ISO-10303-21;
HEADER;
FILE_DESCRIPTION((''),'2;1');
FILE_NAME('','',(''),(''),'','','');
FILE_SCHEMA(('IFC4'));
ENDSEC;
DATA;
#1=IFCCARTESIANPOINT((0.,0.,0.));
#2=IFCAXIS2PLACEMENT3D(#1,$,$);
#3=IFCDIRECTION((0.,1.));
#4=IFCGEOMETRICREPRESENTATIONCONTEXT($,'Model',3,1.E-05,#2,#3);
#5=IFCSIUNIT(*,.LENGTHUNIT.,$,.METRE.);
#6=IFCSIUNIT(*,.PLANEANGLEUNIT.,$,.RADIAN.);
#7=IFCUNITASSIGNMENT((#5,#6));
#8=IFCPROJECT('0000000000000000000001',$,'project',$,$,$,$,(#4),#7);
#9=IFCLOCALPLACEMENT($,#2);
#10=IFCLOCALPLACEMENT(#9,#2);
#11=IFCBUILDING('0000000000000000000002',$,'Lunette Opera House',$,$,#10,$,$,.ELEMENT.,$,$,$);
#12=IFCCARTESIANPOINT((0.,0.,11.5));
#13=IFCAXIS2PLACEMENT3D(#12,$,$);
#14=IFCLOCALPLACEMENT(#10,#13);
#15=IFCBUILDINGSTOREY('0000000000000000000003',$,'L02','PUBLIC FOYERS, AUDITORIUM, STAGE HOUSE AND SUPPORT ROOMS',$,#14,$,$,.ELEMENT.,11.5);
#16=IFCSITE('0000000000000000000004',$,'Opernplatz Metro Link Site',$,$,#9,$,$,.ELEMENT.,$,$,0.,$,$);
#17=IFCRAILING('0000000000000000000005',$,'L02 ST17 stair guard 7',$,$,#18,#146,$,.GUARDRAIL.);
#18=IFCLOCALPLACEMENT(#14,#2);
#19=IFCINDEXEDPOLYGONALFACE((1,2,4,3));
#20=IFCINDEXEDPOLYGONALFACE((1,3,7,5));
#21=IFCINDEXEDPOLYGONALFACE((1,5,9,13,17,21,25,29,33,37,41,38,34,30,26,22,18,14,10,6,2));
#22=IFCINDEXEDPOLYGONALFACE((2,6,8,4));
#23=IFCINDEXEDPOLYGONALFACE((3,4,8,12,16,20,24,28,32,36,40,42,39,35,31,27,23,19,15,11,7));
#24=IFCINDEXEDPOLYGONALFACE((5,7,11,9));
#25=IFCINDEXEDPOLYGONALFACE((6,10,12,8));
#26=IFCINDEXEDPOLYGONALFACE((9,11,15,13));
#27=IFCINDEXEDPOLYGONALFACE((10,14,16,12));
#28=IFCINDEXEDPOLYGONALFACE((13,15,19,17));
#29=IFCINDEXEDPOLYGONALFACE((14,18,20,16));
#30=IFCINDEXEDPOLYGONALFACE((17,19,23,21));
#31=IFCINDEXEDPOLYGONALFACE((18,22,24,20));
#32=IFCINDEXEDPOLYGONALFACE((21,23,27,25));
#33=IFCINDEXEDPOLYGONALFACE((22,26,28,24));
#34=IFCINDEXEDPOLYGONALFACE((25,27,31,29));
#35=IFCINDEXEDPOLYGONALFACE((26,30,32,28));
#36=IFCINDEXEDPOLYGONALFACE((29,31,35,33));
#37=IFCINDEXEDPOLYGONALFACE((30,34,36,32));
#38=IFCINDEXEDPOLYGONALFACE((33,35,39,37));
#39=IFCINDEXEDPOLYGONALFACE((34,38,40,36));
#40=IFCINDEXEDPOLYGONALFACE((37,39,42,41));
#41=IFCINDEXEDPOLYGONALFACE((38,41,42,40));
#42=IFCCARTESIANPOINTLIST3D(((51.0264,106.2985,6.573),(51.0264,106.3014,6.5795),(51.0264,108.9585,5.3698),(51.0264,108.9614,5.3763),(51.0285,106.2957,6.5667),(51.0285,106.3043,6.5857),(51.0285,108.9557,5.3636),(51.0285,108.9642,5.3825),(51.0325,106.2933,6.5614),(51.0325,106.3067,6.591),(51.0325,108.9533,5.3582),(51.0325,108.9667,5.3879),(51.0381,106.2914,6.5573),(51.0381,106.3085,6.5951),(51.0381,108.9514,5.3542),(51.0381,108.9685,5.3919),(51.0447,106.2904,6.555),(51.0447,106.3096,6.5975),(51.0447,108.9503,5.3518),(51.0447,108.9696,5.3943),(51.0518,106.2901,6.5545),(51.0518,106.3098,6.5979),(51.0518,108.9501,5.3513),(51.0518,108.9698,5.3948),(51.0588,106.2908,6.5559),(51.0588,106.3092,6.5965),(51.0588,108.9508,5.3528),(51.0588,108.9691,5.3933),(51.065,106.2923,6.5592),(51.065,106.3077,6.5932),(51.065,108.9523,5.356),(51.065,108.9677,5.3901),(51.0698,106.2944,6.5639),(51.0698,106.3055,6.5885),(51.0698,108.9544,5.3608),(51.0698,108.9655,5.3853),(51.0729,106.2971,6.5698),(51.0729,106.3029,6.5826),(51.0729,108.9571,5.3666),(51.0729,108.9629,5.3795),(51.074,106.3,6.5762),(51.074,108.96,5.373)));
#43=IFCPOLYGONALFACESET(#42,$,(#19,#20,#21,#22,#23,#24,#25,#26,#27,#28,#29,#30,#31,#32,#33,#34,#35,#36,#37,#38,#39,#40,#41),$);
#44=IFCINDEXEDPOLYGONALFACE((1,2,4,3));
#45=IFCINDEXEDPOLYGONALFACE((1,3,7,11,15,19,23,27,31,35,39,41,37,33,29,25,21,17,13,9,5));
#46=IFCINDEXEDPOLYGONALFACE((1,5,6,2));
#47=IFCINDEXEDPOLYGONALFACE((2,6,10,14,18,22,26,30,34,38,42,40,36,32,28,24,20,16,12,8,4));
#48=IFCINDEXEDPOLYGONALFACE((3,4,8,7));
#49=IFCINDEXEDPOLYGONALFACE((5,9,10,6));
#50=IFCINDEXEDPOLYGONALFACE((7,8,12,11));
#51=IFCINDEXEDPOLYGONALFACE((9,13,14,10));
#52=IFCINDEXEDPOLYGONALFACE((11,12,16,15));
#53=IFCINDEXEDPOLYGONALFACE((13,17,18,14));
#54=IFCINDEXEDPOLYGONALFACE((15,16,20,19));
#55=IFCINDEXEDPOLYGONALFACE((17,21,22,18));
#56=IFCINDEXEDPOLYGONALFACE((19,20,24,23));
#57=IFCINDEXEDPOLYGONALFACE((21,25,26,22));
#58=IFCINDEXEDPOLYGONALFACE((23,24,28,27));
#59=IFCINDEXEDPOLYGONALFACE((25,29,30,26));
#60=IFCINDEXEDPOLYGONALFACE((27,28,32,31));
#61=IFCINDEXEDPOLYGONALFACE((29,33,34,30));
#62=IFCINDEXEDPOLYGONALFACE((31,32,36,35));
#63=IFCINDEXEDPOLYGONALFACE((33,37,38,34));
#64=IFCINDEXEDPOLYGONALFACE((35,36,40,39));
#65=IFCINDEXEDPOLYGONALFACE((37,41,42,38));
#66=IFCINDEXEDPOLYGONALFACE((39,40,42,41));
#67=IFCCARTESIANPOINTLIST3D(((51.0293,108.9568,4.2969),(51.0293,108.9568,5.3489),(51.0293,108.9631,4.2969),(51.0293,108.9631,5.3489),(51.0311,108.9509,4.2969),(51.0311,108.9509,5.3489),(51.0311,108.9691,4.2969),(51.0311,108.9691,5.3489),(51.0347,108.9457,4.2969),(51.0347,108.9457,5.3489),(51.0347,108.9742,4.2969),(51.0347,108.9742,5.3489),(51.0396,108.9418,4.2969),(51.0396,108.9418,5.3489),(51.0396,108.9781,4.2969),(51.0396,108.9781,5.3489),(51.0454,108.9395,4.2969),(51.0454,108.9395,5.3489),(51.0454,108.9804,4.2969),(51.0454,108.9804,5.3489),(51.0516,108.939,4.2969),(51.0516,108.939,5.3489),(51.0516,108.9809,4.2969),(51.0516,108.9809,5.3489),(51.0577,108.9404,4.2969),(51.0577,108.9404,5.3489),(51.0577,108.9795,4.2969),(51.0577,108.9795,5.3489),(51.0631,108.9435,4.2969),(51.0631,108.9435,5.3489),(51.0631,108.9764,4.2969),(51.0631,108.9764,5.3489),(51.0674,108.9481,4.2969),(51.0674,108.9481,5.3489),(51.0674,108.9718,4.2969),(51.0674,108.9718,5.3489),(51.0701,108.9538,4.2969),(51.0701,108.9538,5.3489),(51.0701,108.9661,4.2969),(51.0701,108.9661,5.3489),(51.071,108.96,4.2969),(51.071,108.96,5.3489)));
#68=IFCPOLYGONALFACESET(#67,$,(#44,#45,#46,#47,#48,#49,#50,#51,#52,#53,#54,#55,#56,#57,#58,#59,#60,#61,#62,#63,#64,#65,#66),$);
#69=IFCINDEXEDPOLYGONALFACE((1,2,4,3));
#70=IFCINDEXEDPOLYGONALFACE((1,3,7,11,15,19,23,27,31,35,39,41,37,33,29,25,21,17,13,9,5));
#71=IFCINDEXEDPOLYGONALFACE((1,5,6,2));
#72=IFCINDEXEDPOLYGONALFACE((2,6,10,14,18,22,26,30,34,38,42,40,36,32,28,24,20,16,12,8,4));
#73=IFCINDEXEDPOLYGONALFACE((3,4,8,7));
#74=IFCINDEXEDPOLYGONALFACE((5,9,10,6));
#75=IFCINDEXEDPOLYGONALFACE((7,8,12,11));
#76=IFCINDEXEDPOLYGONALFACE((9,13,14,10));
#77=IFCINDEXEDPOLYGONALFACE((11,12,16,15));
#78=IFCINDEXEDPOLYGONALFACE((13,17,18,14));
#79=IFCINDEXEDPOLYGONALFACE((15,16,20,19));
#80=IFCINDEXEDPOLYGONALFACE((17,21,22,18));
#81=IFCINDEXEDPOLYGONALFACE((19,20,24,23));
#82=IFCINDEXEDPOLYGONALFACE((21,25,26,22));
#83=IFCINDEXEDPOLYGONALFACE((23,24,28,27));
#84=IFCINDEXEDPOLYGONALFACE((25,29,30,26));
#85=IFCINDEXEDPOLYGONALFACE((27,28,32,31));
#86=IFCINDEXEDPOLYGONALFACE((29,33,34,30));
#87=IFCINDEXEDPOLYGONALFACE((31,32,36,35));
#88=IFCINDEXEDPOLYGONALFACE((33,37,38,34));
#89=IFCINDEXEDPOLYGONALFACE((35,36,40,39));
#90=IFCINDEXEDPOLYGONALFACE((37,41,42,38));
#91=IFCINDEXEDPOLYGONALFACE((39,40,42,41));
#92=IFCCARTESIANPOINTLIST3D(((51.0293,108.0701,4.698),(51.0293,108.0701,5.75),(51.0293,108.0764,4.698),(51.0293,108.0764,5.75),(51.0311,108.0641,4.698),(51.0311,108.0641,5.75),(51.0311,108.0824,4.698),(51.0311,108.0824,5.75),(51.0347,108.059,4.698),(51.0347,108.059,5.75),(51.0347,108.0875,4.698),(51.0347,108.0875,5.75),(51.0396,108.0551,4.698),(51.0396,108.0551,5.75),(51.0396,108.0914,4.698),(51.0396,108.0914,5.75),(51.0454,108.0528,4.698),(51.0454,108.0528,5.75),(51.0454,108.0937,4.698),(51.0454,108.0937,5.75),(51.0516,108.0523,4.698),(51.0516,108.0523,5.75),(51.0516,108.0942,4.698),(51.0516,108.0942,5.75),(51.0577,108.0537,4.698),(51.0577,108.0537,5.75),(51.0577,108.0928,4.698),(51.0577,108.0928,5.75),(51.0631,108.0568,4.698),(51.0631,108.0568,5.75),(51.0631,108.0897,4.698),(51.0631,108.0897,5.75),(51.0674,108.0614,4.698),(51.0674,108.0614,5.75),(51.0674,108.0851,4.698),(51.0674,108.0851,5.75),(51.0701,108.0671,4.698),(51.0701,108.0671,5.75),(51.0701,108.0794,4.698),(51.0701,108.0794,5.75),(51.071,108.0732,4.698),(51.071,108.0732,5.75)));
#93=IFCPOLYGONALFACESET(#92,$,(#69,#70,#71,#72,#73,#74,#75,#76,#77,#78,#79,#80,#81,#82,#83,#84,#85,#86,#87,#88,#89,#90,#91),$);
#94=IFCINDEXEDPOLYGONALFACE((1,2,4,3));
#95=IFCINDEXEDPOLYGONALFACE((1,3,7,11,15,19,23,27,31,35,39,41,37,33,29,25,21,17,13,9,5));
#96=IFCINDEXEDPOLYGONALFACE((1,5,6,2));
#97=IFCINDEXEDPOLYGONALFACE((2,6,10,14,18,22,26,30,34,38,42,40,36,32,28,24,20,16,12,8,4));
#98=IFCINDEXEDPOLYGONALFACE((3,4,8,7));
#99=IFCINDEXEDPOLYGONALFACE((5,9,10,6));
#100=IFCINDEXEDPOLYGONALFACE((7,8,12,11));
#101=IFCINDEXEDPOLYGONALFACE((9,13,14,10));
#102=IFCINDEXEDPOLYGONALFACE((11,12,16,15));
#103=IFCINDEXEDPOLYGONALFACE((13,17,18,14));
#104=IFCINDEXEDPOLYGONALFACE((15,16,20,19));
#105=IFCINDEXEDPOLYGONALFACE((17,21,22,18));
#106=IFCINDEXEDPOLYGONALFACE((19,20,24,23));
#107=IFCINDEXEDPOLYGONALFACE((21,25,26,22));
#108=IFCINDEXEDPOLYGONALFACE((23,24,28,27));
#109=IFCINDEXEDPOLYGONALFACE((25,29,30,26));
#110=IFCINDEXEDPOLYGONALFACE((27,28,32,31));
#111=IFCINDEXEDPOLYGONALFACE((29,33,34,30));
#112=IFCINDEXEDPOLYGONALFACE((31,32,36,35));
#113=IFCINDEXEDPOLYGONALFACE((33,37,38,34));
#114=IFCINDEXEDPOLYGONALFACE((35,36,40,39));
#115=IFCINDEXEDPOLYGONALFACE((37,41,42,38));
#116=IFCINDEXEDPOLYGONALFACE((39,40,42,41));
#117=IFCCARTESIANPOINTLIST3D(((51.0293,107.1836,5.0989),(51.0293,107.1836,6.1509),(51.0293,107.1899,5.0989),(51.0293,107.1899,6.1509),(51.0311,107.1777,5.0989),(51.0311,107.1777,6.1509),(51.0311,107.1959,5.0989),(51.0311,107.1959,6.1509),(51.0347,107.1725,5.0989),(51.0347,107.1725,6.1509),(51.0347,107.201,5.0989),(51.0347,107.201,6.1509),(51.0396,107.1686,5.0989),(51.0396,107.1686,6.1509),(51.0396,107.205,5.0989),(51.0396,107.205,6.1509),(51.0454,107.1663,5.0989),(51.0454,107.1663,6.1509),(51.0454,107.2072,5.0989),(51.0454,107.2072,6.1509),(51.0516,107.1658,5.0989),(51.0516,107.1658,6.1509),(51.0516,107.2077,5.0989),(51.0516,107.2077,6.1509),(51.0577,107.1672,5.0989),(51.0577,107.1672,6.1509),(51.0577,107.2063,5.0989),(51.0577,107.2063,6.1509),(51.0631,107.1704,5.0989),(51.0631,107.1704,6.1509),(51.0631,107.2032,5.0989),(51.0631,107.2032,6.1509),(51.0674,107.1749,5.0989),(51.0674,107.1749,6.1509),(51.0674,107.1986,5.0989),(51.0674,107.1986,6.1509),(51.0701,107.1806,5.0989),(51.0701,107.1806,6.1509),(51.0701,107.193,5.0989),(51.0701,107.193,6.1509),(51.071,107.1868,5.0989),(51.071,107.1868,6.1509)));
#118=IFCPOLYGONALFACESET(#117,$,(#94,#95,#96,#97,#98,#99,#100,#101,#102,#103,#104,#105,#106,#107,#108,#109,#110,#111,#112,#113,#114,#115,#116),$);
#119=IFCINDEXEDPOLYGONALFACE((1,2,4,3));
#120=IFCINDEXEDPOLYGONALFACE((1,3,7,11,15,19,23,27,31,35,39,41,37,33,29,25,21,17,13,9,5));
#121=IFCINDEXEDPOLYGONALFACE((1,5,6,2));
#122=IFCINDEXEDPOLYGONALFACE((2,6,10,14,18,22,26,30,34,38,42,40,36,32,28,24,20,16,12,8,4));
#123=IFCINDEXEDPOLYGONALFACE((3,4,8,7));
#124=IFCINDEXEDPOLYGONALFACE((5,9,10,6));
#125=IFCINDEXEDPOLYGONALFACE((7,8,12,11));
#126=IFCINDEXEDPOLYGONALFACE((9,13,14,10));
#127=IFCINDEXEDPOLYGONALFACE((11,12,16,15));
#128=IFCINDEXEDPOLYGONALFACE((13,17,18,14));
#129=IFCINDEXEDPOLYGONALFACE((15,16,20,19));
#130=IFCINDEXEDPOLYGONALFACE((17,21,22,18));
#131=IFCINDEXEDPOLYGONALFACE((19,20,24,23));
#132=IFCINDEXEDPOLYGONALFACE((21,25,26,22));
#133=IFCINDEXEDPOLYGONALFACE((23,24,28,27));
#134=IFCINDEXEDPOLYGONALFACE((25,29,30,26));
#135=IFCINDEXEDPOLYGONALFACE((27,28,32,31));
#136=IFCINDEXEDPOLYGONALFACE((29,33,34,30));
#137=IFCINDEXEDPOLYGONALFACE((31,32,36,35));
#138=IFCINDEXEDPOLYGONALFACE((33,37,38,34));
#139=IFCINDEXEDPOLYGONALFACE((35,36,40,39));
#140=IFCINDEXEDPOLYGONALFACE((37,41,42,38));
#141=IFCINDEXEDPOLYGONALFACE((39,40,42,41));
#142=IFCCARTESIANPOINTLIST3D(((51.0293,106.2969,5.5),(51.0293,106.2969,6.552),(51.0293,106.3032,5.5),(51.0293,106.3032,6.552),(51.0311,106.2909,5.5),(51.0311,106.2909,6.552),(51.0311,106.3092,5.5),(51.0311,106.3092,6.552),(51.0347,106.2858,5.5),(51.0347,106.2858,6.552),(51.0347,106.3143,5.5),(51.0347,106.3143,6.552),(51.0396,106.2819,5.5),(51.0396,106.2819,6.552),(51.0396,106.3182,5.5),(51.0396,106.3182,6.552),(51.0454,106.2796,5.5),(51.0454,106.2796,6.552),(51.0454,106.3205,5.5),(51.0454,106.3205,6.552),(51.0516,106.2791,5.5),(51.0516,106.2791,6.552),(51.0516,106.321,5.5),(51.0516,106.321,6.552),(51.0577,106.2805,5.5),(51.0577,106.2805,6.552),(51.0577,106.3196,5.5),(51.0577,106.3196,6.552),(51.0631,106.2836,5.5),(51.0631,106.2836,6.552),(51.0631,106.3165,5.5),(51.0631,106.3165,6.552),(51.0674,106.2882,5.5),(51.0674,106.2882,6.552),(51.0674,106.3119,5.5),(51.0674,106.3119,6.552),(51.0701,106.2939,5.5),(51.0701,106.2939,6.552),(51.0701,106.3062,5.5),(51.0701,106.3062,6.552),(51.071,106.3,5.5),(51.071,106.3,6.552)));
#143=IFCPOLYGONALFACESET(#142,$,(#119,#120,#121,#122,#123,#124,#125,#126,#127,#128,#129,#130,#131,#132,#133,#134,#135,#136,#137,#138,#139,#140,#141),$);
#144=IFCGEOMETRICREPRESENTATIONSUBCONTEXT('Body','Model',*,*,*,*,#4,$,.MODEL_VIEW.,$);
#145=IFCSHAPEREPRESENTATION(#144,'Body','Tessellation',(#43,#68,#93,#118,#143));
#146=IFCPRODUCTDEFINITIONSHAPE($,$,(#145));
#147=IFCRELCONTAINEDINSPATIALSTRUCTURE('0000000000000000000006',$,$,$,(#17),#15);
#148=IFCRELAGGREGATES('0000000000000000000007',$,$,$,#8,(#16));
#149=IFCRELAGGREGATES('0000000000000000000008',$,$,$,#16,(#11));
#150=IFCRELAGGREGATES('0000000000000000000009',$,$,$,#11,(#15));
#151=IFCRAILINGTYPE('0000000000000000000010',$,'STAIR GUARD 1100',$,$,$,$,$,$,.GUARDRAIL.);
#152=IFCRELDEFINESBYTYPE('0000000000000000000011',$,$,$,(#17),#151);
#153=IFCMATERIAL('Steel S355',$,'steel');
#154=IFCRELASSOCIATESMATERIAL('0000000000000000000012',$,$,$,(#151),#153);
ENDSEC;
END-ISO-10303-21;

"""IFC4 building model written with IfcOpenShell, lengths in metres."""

from ifc_helpers import new_model, si_unit, direction, frame, origin, origin_2d, place, context, subcontext, project, spatial, circle, extrude, material, type_object, element, save


model = new_model("IFC4")

# Units and contexts
model_context = context("Model", 3, precision=1e-05, world=origin(), true_north=direction((0.0, 1.0)))
body_context = subcontext(model_context, "Body", "Model", "MODEL_VIEW")
ifc_project = project(units=[si_unit("LENGTHUNIT", "METRE"), si_unit("PLANEANGLEUNIT", "RADIAN")], contexts=[model_context])

# Site, building, storey
site_placement = place(None, origin())
site = spatial("IfcSite", under=ifc_project, at=site_placement, Name="Opernplatz Metro Link Site", CompositionType="ELEMENT", RefElevation=0.0)
building_placement = place(site_placement, origin())
building = spatial("IfcBuilding", under=site, at=building_placement, Name="Lunette Opera House", CompositionType="ELEMENT")
storey_placement = place(building_placement, frame((0.0, 0.0, 11.5)))
storey = spatial("IfcBuildingStorey", under=building, at=storey_placement, Name="L02", Description="PUBLIC FOYERS, AUDITORIUM, STAGE HOUSE AND SUPPORT ROOMS", CompositionType="ELEMENT", Elevation=11.5)

# Railing
ifc_material_1 = material(Name="Steel S355", Category="steel")
railing_type_1 = type_object("IfcRailingType", Name="STAIR GUARD 1100", PredefinedType="GUARDRAIL", material=ifc_material_1)
railing_1_placement = place(storey_placement, frame((51.05, 108.96, 4.2969)))
element("IfcRailing", 1, at=railing_1_placement, inside=storey, type_object=railing_type_1, Name="L02 ST17 stair guard 7", PredefinedType="GUARDRAIL", context=body_context, shape_type="SweptSolid", body=[
    extrude(circle(Radius=0.0239, at=origin_2d()), frame((0.0, 0.0, 1.0762), z_axis=(0.0, -0.91113, 0.41212), x_axis=(1.0, 0.0, 0.0)), (0.0, 0.0, 1.0), 2.9194),
    extrude(circle(Radius=0.021, at=origin_2d()), origin(), (0.0, 0.0, 1.0), 1.052),
    extrude(circle(Radius=0.021, at=origin_2d()), frame((0.0, -0.8867, 0.4011)), (0.0, 0.0, 1.0), 1.052),
    extrude(circle(Radius=0.021, at=origin_2d()), frame((0.0, -1.7732, 0.802)), (0.0, 0.0, 1.0), 1.052),
    extrude(circle(Radius=0.021, at=origin_2d()), frame((0.0, -2.6599, 1.2031)), (0.0, 0.0, 1.0), 1.052),
])

save(model, "model.ifc")
